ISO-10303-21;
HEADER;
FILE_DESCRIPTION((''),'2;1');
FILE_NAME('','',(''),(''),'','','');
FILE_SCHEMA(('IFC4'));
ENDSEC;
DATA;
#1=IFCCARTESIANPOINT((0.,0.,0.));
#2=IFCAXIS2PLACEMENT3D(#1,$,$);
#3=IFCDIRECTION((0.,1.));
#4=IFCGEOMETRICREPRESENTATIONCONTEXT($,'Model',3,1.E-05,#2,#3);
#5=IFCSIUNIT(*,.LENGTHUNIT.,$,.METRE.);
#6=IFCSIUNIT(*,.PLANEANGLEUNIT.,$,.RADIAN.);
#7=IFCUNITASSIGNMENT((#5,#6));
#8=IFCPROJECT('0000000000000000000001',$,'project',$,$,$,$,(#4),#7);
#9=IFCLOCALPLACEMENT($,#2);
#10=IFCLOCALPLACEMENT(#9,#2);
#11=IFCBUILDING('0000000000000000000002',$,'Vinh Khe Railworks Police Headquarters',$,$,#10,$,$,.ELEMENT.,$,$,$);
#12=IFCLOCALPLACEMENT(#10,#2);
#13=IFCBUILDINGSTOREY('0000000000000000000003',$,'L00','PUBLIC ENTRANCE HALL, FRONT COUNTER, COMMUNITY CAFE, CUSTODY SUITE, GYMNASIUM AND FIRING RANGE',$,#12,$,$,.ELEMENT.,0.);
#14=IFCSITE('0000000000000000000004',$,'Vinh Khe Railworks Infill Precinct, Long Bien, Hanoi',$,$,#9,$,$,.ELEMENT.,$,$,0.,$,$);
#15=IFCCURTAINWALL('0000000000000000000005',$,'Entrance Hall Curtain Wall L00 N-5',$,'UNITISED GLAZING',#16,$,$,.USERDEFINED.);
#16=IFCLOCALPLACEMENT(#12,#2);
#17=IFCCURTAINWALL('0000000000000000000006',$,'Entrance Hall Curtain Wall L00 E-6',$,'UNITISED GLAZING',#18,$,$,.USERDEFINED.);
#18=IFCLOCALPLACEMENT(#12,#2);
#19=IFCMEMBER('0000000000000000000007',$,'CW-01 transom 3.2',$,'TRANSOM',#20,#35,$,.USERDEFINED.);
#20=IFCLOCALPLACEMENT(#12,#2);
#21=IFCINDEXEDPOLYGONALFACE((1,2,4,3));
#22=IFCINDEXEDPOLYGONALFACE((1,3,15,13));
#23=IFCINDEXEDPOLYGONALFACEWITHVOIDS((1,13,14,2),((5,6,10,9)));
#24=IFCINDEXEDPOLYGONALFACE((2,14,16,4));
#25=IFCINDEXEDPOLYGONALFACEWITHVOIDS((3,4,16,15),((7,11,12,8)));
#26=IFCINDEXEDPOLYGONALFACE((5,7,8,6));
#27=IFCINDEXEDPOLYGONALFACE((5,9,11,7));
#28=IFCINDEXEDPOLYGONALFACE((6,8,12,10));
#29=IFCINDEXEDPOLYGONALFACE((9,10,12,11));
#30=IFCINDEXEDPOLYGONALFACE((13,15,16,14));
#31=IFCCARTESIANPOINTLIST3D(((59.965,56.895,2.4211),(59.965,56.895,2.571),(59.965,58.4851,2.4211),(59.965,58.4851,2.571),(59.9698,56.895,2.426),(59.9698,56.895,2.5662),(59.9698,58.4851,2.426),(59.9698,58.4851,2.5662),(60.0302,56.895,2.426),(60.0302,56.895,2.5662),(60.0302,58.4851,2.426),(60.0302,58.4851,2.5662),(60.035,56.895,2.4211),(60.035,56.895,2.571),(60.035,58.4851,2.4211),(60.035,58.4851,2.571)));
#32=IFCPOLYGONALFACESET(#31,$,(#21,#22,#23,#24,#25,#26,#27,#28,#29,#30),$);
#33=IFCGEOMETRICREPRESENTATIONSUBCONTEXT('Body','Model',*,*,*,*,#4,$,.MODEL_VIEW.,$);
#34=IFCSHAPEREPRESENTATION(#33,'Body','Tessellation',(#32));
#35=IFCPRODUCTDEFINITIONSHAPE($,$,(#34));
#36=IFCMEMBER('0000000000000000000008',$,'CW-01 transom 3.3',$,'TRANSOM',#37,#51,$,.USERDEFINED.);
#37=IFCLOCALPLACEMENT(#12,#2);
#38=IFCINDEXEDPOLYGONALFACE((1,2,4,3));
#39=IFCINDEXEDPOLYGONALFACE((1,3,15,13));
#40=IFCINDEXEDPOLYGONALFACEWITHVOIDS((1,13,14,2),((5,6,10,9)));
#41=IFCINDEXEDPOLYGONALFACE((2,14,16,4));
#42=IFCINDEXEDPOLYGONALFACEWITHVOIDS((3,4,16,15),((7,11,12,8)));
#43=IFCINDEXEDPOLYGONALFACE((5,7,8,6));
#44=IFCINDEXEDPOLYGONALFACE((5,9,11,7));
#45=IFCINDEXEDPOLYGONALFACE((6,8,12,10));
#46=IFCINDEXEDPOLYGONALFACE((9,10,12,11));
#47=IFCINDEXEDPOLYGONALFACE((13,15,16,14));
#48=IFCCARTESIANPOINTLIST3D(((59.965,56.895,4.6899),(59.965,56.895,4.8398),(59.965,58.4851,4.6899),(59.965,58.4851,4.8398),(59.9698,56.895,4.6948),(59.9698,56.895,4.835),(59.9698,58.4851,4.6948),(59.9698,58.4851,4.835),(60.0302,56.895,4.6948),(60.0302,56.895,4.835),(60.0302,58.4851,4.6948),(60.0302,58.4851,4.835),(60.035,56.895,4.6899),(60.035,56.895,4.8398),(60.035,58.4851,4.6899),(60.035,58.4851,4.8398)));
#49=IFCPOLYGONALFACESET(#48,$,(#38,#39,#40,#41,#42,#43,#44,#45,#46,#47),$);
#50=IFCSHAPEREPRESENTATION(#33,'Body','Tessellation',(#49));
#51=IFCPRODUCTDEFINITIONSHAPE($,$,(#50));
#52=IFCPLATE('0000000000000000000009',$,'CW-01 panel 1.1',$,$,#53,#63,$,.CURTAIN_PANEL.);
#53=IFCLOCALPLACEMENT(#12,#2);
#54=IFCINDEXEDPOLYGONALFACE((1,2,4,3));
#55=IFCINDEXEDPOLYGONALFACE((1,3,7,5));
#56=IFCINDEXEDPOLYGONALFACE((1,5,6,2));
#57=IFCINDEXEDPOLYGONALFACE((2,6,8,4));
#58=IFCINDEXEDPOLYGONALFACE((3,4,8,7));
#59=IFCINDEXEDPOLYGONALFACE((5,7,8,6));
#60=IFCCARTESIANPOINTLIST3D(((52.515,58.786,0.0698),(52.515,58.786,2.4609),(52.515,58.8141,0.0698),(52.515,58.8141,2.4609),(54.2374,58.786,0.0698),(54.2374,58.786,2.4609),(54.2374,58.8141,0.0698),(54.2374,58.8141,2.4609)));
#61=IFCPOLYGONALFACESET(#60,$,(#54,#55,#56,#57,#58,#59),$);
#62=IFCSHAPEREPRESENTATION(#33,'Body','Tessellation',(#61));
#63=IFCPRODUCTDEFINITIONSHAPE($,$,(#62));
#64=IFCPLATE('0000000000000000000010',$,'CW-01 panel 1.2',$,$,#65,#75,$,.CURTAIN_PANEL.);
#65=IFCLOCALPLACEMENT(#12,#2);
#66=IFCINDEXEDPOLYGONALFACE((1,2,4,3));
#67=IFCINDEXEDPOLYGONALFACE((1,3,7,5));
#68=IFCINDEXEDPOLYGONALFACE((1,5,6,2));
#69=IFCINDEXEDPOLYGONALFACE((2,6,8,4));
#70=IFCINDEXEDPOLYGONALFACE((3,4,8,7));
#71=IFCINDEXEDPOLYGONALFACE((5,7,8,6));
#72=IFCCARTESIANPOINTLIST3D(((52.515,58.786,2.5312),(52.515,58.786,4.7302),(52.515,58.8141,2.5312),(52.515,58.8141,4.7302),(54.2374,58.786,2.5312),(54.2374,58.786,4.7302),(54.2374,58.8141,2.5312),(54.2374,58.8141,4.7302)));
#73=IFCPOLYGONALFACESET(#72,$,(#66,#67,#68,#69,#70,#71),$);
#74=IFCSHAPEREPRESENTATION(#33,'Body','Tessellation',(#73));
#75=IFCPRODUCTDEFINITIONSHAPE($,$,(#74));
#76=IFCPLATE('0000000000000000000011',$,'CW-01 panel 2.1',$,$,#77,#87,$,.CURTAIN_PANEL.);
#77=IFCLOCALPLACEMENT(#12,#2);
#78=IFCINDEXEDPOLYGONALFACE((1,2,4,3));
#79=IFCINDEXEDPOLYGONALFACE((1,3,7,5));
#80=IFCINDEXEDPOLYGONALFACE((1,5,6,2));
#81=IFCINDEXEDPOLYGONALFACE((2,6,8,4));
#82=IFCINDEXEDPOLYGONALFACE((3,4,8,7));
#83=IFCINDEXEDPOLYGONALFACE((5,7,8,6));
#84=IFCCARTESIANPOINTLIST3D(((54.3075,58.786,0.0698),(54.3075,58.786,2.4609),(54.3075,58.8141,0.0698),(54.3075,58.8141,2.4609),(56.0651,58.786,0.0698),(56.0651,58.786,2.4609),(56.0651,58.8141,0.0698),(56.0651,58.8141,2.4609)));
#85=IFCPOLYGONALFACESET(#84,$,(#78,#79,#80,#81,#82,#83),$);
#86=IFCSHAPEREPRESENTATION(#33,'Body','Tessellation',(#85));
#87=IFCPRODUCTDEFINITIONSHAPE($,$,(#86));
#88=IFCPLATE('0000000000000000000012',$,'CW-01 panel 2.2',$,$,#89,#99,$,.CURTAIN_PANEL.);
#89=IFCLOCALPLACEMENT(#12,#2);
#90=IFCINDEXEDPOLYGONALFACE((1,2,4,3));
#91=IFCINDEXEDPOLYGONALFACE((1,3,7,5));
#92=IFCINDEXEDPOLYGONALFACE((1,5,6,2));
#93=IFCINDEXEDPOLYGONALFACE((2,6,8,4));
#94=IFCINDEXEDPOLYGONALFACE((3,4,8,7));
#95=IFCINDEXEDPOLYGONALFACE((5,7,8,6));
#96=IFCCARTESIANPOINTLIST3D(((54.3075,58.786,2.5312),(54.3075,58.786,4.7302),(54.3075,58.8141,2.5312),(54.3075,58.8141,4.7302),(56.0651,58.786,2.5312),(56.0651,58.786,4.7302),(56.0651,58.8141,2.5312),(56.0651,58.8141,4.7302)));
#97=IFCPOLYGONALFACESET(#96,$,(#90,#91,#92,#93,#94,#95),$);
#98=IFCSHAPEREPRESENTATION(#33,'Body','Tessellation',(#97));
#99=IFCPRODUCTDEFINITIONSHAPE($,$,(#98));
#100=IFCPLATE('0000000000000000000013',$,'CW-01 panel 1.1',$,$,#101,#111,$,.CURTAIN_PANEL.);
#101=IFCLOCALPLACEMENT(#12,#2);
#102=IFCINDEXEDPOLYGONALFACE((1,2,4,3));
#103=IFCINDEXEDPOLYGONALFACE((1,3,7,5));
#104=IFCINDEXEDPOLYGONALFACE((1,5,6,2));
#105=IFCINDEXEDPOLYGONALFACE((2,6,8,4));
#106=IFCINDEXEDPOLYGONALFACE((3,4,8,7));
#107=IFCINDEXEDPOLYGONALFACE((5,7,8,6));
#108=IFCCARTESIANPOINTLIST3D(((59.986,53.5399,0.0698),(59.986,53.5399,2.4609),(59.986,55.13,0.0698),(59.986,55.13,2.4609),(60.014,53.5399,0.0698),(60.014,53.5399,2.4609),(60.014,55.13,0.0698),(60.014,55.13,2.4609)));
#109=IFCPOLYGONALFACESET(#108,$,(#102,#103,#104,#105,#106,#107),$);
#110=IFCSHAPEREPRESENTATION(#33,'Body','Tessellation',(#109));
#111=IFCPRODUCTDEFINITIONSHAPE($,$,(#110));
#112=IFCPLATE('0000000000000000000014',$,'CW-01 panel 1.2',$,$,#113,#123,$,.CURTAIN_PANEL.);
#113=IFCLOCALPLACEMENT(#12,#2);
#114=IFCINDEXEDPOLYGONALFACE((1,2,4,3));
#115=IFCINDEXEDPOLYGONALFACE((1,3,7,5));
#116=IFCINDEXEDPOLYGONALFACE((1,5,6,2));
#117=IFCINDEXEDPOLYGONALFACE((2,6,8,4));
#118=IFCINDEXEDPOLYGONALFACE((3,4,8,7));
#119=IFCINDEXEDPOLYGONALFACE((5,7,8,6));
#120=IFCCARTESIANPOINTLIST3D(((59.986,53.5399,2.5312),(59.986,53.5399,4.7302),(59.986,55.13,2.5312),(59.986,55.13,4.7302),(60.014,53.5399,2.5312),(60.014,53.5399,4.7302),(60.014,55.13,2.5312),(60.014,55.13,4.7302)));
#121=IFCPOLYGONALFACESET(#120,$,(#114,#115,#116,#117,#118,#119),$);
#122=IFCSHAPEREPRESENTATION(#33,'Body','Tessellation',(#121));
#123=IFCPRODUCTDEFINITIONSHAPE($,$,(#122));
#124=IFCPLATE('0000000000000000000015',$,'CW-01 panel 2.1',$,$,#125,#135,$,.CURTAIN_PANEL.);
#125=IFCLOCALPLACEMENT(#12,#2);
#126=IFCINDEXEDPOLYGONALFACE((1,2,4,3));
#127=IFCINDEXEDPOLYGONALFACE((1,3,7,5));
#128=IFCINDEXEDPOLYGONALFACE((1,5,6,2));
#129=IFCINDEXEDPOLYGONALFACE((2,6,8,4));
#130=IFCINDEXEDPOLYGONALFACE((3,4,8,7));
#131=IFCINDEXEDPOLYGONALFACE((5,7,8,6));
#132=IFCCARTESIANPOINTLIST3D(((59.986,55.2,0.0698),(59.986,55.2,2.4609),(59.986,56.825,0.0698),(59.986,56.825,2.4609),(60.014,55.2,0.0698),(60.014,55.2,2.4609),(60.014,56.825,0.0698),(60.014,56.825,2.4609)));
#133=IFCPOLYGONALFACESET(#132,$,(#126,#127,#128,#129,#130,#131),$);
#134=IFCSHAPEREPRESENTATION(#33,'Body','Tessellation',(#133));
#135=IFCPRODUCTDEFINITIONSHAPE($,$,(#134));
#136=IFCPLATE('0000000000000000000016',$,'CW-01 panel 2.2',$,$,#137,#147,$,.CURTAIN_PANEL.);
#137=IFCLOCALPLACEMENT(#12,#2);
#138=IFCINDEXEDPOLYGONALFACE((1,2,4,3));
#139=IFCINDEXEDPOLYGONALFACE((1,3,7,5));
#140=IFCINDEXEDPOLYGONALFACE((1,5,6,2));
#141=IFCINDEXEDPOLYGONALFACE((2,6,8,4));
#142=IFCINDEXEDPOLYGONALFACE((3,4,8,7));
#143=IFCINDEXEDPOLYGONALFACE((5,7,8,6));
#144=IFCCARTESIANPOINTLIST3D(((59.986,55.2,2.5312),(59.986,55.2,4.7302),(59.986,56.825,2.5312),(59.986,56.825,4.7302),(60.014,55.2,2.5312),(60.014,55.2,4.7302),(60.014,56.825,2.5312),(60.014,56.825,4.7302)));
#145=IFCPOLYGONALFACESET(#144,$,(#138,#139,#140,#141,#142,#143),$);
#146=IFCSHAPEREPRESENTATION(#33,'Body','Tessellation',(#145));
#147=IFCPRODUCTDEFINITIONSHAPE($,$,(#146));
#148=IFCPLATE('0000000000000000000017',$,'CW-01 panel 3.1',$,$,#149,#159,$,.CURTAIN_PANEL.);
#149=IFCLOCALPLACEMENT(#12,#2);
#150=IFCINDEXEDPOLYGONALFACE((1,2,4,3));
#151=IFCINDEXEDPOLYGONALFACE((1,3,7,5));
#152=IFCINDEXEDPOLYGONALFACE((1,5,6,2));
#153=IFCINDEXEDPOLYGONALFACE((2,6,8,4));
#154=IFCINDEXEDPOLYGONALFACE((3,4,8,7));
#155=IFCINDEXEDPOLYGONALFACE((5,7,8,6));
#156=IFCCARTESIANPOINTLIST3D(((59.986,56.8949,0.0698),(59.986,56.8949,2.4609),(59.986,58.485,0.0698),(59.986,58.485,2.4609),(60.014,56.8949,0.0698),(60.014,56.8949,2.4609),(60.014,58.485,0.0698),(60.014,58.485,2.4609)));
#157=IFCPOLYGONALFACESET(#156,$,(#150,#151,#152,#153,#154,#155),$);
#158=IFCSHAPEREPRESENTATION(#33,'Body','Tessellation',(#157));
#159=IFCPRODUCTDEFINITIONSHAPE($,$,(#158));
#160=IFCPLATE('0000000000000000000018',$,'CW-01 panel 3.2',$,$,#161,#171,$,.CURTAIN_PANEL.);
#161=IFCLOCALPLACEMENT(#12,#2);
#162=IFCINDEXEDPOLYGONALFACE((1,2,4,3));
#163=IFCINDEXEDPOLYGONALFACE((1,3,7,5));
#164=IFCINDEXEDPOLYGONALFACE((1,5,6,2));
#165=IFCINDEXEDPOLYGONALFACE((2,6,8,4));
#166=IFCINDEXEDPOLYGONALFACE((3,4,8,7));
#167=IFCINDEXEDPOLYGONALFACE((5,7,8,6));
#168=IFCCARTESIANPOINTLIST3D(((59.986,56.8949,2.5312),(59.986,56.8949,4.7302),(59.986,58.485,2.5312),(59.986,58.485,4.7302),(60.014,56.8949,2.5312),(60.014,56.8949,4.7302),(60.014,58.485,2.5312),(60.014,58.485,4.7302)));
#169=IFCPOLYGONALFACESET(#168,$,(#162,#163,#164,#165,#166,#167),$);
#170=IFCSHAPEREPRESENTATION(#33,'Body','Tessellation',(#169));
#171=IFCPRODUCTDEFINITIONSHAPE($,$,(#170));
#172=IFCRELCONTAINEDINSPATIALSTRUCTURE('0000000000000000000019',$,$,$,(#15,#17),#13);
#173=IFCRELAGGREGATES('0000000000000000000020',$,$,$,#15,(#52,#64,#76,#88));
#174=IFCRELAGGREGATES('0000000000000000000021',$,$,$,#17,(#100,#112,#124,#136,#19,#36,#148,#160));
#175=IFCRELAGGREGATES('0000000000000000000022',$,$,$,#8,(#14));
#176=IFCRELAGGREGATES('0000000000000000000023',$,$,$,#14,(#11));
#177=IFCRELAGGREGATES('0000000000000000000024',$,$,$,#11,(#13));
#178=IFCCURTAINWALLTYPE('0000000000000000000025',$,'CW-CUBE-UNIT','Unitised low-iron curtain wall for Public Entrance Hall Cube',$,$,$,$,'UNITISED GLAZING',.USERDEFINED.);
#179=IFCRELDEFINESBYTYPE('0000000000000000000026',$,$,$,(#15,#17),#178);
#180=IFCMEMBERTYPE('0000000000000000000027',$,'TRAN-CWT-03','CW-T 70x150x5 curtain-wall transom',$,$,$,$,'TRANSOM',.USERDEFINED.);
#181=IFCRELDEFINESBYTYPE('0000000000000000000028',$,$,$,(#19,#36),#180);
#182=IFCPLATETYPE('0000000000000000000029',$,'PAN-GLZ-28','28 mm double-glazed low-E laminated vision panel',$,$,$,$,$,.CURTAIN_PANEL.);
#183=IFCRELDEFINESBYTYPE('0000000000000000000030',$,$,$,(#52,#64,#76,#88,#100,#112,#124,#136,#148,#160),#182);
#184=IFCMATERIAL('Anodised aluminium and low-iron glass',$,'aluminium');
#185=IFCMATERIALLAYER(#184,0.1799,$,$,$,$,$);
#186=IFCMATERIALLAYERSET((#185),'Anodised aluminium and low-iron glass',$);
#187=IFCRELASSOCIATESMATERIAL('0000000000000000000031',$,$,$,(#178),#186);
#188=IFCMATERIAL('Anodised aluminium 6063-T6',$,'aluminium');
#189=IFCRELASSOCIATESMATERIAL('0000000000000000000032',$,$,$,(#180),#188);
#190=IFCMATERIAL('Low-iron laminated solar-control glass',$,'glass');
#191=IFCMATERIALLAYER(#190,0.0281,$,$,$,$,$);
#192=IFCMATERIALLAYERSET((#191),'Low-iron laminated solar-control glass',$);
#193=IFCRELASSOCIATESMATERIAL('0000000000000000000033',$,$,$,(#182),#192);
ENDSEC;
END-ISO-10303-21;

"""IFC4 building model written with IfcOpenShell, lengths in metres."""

from ifc_helpers import new_model, si_unit, direction, frame, origin, origin_2d, place, context, subcontext, project, spatial, rectangle, hollow_rectangle, extrude, material, layer, layer_set, material_profile, profile_set, type_object, element, aggregate, save


model = new_model("IFC4")

# Units and contexts
model_context = context("Model", 3, precision=1e-05, world=origin(), true_north=direction((0.0, 1.0)))
body_context = subcontext(model_context, "Body", "Model", "MODEL_VIEW")
ifc_project = project(units=[si_unit("LENGTHUNIT", "METRE"), si_unit("PLANEANGLEUNIT", "RADIAN")], contexts=[model_context])

# Site, building, storey
site_placement = place(None, origin())
site = spatial("IfcSite", under=ifc_project, at=site_placement, Name="Vinh Khe Railworks Infill Precinct, Long Bien, Hanoi", CompositionType="ELEMENT", RefElevation=0.0)
building_placement = place(site_placement, origin())
building = spatial("IfcBuilding", under=site, at=building_placement, Name="Vinh Khe Railworks Police Headquarters", CompositionType="ELEMENT")
storey_placement = place(building_placement, origin())
storey = spatial("IfcBuildingStorey", under=building, at=storey_placement, Name="L00", Description="PUBLIC ENTRANCE HALL, FRONT COUNTER, COMMUNITY CAFE, CUSTODY SUITE, GYMNASIUM AND FIRING RANGE", CompositionType="ELEMENT", Elevation=0.0)

# Curtain walls
ifc_material_1 = material(Name="Anodised aluminium and low-iron glass", Category="aluminium")
ifc_layer_1 = layer(ifc_material_1, 0.1799)
ifc_layer_set_1 = layer_set([ifc_layer_1], Name="Anodised aluminium and low-iron glass")
curtain_wall_type = type_object("IfcCurtainWallType", Name="CW-CUBE-UNIT", Description="Unitised low-iron curtain wall for Public Entrance Hall Cube", ElementType="UNITISED GLAZING", PredefinedType="USERDEFINED", material=ifc_layer_set_1)
curtain_wall_1_placement = place(storey_placement, origin())
curtain_wall_1 = element("IfcCurtainWall", 1, at=curtain_wall_1_placement, inside=storey, type_object=curtain_wall_type, Name="Entrance Hall Curtain Wall L00 N-5", ObjectType="UNITISED GLAZING", PredefinedType="USERDEFINED")
ifc_material_2 = material(Name="Anodised aluminium 6063-T6", Category="aluminium")
curtain_wall_2_placement = place(storey_placement, origin())
curtain_wall_2 = element("IfcCurtainWall", 2, at=curtain_wall_2_placement, inside=storey, type_object=curtain_wall_type, Name="Entrance Hall Curtain Wall L00 E-6", ObjectType="UNITISED GLAZING", PredefinedType="USERDEFINED")

# Members
ifc_material_profile_1 = material_profile(ifc_material_2, hollow_rectangle(XDim=0.0701, YDim=0.1499, WallThickness=0.0049, at=origin_2d()), Name="CW-T 70x150x5")
ifc_profile_set_1 = profile_set([ifc_material_profile_1], Name="Anodised aluminium 6063-T6")
member_type_1 = type_object("IfcMemberType", Name="TRAN-CWT-03", Description="CW-T 70x150x5 curtain-wall transom", ElementType="TRANSOM", PredefinedType="USERDEFINED", material=ifc_profile_set_1)
member_1_placement = place(storey_placement, frame((60.0, 56.895, 2.4961), z_axis=(0.0, 1.0, 0.0), x_axis=(-1.0, 0.0, 0.0)))
member_1 = element("IfcMember", 3, at=member_1_placement, type_object=member_type_1, Name="CW-01 transom 3.2", ObjectType="TRANSOM", PredefinedType="USERDEFINED", context=body_context, shape_type="SweptSolid", body=[
    extrude(hollow_rectangle(XDim=0.0701, YDim=0.1499, WallThickness=0.0049, at=origin_2d()), origin(), (0.0, 0.0, 1.0), 1.5901),
])
member_2_placement = place(storey_placement, frame((60.0, 56.895, 4.7649), z_axis=(0.0, 1.0, 0.0), x_axis=(-1.0, 0.0, 0.0)))
member_2 = element("IfcMember", 4, at=member_2_placement, type_object=member_type_1, Name="CW-01 transom 3.3", ObjectType="TRANSOM", PredefinedType="USERDEFINED", context=body_context, shape_type="SweptSolid", body=[
    extrude(hollow_rectangle(XDim=0.0701, YDim=0.1499, WallThickness=0.0049, at=origin_2d()), origin(), (0.0, 0.0, 1.0), 1.5901),
])

# Plates
ifc_material_3 = material(Name="Low-iron laminated solar-control glass", Category="glass")
ifc_layer_2 = layer(ifc_material_3, 0.0281)
ifc_layer_set_2 = layer_set([ifc_layer_2], Name="Low-iron laminated solar-control glass")
plate_type = type_object("IfcPlateType", Name="PAN-GLZ-28", Description="28 mm double-glazed low-E laminated vision panel", PredefinedType="CURTAIN_PANEL", material=ifc_layer_set_2)
plate_1_placement = place(storey_placement, frame((53.3762, 58.8, 0.0698), z_axis=(0.0, 0.0, 1.0), x_axis=(1.0, 0.0, 0.0)))
plate_1 = element("IfcPlate", 5, at=plate_1_placement, type_object=plate_type, Name="CW-01 panel 1.1", PredefinedType="CURTAIN_PANEL", context=body_context, shape_type="SweptSolid", body=[
    extrude(rectangle(XDim=1.7224, YDim=0.0281, at=origin_2d()), origin(), (0.0, 0.0, 1.0), 2.3911),
])
plate_2_placement = place(storey_placement, frame((53.3762, 58.8, 2.5312), z_axis=(0.0, 0.0, 1.0), x_axis=(1.0, 0.0, 0.0)))
plate_2 = element("IfcPlate", 6, at=plate_2_placement, type_object=plate_type, Name="CW-01 panel 1.2", PredefinedType="CURTAIN_PANEL", context=body_context, shape_type="SweptSolid", body=[
    extrude(rectangle(XDim=1.7224, YDim=0.0281, at=origin_2d()), origin(), (0.0, 0.0, 1.0), 2.199),
])
plate_3_placement = place(storey_placement, frame((55.1863, 58.8, 0.0698), z_axis=(0.0, 0.0, 1.0), x_axis=(1.0, 0.0, 0.0)))
plate_3 = element("IfcPlate", 7, at=plate_3_placement, type_object=plate_type, Name="CW-01 panel 2.1", PredefinedType="CURTAIN_PANEL", context=body_context, shape_type="SweptSolid", body=[
    extrude(rectangle(XDim=1.7576, YDim=0.0281, at=origin_2d()), origin(), (0.0, 0.0, 1.0), 2.3911),
])
plate_4_placement = place(storey_placement, frame((55.1863, 58.8, 2.5312), z_axis=(0.0, 0.0, 1.0), x_axis=(1.0, 0.0, 0.0)))
plate_4 = element("IfcPlate", 8, at=plate_4_placement, type_object=plate_type, Name="CW-01 panel 2.2", PredefinedType="CURTAIN_PANEL", context=body_context, shape_type="SweptSolid", body=[
    extrude(rectangle(XDim=1.7576, YDim=0.0281, at=origin_2d()), origin(), (0.0, 0.0, 1.0), 2.199),
])
aggregate(curtain_wall_1, [plate_1, plate_2, plate_3, plate_4])
plate_5_placement = place(storey_placement, frame((60.0, 54.335, 0.0698), z_axis=(0.0, 0.0, 1.0), x_axis=(0.0, 1.0, 0.0)))
plate_5 = element("IfcPlate", 9, at=plate_5_placement, type_object=plate_type, Name="CW-01 panel 1.1", PredefinedType="CURTAIN_PANEL", context=body_context, shape_type="SweptSolid", body=[
    extrude(rectangle(XDim=1.5901, YDim=0.0281, at=origin_2d()), origin(), (0.0, 0.0, 1.0), 2.3911),
])
plate_6_placement = place(storey_placement, frame((60.0, 54.335, 2.5312), z_axis=(0.0, 0.0, 1.0), x_axis=(0.0, 1.0, 0.0)))
plate_6 = element("IfcPlate", 10, at=plate_6_placement, type_object=plate_type, Name="CW-01 panel 1.2", PredefinedType="CURTAIN_PANEL", context=body_context, shape_type="SweptSolid", body=[
    extrude(rectangle(XDim=1.5901, YDim=0.0281, at=origin_2d()), origin(), (0.0, 0.0, 1.0), 2.199),
])
plate_7_placement = place(storey_placement, frame((60.0, 56.0125, 0.0698), z_axis=(0.0, 0.0, 1.0), x_axis=(0.0, 1.0, 0.0)))
plate_7 = element("IfcPlate", 11, at=plate_7_placement, type_object=plate_type, Name="CW-01 panel 2.1", PredefinedType="CURTAIN_PANEL", context=body_context, shape_type="SweptSolid", body=[
    extrude(rectangle(XDim=1.625, YDim=0.0281, at=origin_2d()), origin(), (0.0, 0.0, 1.0), 2.3911),
])
plate_8_placement = place(storey_placement, frame((60.0, 56.0125, 2.5312), z_axis=(0.0, 0.0, 1.0), x_axis=(0.0, 1.0, 0.0)))
plate_8 = element("IfcPlate", 12, at=plate_8_placement, type_object=plate_type, Name="CW-01 panel 2.2", PredefinedType="CURTAIN_PANEL", context=body_context, shape_type="SweptSolid", body=[
    extrude(rectangle(XDim=1.625, YDim=0.0281, at=origin_2d()), origin(), (0.0, 0.0, 1.0), 2.199),
])
plate_9_placement = place(storey_placement, frame((60.0, 57.6899, 0.0698), z_axis=(0.0, 0.0, 1.0), x_axis=(0.0, 1.0, 0.0)))
plate_9 = element("IfcPlate", 13, at=plate_9_placement, type_object=plate_type, Name="CW-01 panel 3.1", PredefinedType="CURTAIN_PANEL", context=body_context, shape_type="SweptSolid", body=[
    extrude(rectangle(XDim=1.5901, YDim=0.0281, at=origin_2d()), origin(), (0.0, 0.0, 1.0), 2.3911),
])
plate_10_placement = place(storey_placement, frame((60.0, 57.6899, 2.5312), z_axis=(0.0, 0.0, 1.0), x_axis=(0.0, 1.0, 0.0)))
plate_10 = element("IfcPlate", 14, at=plate_10_placement, type_object=plate_type, Name="CW-01 panel 3.2", PredefinedType="CURTAIN_PANEL", context=body_context, shape_type="SweptSolid", body=[
    extrude(rectangle(XDim=1.5901, YDim=0.0281, at=origin_2d()), origin(), (0.0, 0.0, 1.0), 2.199),
])
aggregate(curtain_wall_2, [plate_5, plate_6, plate_7, plate_8, member_1, member_2, plate_9, plate_10])

save(model, "model.ifc")
